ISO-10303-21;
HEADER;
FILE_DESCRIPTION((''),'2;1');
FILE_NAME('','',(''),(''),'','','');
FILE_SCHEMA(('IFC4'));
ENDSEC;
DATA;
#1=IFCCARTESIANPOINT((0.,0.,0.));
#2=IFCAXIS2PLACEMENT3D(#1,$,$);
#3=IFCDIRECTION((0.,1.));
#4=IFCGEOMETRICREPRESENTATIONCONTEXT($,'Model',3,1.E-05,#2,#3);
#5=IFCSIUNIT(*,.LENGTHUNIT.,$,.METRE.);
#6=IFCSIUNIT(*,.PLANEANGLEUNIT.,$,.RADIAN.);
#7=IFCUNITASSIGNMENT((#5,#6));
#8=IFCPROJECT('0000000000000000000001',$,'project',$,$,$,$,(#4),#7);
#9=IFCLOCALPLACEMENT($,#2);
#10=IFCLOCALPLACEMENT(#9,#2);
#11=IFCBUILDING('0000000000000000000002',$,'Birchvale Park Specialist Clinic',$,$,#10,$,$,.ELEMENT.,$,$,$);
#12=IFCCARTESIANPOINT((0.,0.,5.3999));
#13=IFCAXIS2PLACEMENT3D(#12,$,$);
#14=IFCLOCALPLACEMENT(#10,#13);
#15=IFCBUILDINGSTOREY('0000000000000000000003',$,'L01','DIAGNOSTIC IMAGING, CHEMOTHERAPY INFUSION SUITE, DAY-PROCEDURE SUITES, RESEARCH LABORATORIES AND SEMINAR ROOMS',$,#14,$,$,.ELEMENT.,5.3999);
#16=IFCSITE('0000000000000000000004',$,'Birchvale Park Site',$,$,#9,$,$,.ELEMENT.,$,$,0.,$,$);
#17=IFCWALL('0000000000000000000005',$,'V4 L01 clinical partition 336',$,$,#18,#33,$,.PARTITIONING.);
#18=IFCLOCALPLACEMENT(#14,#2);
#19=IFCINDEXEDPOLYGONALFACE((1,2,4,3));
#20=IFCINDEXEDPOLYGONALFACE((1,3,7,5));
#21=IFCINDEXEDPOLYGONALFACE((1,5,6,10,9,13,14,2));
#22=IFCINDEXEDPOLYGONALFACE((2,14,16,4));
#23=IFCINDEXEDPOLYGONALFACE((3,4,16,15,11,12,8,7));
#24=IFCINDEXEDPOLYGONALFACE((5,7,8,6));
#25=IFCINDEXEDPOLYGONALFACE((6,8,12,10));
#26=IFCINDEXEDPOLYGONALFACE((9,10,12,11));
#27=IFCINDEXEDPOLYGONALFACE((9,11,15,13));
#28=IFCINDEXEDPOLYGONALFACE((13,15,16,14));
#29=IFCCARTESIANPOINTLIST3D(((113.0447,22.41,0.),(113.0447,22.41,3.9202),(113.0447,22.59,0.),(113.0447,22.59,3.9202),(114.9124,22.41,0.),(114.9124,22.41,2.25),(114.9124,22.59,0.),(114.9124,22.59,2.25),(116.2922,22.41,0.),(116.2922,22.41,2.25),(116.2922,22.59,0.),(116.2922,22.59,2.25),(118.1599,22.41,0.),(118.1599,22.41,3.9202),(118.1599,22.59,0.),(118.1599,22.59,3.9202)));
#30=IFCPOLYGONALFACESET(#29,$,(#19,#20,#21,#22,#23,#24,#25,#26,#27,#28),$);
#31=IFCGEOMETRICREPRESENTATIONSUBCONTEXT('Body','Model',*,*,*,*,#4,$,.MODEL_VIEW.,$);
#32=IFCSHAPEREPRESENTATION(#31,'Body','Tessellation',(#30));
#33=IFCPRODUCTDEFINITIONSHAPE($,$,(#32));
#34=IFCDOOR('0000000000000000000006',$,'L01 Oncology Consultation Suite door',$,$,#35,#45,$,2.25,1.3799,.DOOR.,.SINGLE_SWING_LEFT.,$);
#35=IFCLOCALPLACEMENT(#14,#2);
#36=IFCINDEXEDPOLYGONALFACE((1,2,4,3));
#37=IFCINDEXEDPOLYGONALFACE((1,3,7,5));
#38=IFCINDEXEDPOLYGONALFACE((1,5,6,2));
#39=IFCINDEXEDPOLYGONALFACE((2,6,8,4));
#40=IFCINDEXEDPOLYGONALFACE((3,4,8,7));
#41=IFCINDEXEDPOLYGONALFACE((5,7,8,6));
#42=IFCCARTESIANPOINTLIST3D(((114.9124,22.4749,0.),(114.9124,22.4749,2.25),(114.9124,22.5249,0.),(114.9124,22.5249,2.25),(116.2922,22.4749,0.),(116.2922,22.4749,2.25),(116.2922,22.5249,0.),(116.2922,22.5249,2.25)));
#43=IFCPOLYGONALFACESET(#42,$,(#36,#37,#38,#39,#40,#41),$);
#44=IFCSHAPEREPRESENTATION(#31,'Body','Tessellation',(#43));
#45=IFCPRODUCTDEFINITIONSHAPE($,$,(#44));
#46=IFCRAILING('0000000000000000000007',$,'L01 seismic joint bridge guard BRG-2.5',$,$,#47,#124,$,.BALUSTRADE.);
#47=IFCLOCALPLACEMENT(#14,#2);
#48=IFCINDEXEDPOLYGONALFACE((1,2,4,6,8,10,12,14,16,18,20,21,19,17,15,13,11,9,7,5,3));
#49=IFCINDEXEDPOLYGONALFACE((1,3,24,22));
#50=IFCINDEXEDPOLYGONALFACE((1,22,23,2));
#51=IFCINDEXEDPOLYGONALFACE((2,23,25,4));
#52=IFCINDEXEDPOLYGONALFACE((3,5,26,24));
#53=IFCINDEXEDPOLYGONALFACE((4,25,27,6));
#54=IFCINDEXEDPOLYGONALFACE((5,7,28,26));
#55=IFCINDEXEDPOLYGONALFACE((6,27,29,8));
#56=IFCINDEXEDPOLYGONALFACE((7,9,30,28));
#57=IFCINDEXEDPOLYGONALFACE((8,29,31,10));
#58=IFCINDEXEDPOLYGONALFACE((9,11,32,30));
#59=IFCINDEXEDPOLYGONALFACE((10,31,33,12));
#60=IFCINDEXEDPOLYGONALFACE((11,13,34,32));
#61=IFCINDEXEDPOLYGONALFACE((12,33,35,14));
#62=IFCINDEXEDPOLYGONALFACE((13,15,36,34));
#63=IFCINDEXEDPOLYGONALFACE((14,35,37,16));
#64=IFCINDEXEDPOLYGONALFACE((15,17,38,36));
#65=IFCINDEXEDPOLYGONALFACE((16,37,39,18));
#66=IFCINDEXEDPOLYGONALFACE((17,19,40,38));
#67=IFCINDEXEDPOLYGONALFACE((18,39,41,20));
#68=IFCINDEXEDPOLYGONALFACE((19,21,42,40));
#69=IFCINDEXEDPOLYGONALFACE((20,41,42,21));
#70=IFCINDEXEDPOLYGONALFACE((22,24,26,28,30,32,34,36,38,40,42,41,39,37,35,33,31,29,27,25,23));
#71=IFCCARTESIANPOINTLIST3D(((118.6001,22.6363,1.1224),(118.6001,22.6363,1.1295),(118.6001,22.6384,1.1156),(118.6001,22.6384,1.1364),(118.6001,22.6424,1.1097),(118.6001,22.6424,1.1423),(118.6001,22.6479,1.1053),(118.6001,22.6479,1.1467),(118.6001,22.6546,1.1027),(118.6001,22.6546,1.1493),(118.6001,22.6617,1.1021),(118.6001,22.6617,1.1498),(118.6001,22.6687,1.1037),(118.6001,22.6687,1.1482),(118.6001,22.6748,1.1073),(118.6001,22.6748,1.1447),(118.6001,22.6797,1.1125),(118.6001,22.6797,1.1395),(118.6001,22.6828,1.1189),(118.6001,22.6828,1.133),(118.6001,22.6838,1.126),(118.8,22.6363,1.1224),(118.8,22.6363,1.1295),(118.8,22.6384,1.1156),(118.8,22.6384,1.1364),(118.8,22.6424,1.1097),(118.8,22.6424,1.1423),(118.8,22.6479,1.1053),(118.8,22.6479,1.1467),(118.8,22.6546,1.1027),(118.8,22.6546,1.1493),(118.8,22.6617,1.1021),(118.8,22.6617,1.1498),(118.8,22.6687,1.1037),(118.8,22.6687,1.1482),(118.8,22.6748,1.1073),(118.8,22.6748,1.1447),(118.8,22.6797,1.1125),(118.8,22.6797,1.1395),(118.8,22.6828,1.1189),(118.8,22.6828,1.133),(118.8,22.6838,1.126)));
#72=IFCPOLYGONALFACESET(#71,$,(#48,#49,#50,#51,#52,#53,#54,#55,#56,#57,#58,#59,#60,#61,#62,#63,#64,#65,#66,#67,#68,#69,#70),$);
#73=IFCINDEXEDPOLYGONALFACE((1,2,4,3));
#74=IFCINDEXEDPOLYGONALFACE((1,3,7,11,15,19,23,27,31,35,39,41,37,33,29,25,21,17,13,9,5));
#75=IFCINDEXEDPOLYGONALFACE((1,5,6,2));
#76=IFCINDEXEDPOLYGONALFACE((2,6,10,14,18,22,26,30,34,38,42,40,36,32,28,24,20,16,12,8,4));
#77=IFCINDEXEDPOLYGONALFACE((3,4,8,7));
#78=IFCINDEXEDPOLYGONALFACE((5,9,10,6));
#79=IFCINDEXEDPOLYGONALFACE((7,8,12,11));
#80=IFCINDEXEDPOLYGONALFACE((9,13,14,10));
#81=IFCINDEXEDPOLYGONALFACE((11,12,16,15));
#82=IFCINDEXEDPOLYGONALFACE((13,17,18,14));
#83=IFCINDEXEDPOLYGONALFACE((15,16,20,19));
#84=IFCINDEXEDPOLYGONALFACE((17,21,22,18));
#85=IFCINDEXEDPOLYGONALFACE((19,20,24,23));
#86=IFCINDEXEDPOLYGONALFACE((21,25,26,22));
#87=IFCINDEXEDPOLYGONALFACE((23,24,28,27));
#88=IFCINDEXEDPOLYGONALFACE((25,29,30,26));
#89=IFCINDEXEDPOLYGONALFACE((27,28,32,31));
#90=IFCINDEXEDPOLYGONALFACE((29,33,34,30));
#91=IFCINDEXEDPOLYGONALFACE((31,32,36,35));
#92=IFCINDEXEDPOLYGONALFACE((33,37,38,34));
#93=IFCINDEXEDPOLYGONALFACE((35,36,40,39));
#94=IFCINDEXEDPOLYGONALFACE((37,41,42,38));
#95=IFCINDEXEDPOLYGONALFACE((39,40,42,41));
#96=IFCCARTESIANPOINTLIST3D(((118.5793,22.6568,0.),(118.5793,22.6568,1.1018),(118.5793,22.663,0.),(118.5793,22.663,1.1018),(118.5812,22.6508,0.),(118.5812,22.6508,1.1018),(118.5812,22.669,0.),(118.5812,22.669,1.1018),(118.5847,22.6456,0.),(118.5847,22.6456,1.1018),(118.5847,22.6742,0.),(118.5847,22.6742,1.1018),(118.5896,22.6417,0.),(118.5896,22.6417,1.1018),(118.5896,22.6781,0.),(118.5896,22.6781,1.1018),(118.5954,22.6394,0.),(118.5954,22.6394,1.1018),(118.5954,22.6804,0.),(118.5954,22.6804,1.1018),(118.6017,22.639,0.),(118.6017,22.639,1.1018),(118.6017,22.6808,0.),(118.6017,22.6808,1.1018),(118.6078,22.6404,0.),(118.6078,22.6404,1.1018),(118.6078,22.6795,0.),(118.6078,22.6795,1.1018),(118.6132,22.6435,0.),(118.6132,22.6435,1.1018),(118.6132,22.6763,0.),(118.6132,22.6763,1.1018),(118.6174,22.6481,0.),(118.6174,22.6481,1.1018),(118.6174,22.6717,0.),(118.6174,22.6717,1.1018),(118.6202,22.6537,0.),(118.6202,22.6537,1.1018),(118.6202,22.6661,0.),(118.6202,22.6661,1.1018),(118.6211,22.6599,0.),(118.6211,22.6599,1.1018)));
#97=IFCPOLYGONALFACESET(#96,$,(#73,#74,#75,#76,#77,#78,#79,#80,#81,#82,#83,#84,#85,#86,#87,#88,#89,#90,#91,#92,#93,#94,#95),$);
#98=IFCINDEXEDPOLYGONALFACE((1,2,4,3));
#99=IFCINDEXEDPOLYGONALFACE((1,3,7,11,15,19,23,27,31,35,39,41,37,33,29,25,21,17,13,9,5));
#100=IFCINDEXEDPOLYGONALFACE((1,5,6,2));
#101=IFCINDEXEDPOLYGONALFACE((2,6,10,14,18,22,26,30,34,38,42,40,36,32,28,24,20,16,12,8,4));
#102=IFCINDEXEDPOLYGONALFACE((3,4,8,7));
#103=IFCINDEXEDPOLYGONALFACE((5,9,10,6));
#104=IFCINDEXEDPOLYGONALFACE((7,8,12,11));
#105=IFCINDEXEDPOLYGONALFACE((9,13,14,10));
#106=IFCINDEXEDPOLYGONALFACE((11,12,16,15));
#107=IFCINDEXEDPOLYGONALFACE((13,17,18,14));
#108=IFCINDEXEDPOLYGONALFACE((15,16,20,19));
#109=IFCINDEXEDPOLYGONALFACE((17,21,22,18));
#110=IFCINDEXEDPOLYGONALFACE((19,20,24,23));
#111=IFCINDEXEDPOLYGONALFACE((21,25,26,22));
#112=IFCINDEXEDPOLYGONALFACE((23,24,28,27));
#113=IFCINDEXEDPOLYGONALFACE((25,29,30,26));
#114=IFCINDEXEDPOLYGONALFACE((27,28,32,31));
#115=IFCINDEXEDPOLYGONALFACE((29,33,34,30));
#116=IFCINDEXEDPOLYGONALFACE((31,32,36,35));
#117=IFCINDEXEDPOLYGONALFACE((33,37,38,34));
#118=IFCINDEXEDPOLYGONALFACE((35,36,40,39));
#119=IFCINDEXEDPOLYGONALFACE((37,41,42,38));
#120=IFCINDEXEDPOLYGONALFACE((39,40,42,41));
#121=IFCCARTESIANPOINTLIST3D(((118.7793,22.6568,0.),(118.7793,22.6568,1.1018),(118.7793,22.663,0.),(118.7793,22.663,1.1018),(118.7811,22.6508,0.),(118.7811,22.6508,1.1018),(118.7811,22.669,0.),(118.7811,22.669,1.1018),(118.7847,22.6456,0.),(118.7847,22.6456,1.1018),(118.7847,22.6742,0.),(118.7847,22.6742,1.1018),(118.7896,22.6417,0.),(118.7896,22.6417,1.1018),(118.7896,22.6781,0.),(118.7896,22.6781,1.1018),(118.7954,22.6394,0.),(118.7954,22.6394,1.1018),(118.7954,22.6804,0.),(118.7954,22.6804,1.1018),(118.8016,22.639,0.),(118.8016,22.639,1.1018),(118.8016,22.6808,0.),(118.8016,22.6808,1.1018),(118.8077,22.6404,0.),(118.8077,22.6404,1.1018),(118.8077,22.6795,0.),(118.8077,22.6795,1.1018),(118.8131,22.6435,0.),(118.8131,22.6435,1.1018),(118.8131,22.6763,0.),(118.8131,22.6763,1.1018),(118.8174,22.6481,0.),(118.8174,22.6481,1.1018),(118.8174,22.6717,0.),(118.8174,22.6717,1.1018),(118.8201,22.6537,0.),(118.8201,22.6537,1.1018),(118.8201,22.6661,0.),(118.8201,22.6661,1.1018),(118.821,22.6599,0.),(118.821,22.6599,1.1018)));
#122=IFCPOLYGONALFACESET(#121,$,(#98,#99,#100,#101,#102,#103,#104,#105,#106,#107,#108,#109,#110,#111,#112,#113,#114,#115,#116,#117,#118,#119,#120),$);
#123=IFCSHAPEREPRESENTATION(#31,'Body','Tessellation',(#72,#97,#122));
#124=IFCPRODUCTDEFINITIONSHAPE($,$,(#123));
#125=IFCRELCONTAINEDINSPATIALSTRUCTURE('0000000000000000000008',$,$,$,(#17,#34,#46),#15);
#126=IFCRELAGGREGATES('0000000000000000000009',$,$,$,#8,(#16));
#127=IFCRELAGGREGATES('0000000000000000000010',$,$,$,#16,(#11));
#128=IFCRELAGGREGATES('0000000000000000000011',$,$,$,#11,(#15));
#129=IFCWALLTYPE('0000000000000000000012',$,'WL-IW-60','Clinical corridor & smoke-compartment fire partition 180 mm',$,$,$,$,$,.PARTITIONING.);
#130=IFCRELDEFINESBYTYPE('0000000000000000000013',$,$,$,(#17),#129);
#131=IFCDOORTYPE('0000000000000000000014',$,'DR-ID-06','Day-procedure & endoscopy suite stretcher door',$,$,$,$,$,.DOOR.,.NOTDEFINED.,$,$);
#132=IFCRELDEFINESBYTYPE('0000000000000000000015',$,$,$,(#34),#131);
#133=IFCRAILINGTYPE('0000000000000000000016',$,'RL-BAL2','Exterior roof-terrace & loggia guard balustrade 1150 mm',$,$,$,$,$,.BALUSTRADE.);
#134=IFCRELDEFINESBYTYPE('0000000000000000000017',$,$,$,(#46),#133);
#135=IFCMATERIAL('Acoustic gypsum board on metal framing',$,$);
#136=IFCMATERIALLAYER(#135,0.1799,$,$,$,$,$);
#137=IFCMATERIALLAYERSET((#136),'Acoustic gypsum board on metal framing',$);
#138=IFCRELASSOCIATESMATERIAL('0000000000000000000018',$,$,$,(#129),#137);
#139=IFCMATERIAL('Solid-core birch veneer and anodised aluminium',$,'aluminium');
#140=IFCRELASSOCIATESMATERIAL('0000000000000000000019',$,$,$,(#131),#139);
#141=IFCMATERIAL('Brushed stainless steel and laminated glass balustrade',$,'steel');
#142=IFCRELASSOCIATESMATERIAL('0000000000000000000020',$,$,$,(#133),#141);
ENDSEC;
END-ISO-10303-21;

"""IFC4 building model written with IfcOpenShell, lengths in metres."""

from ifc_helpers import new_model, si_unit, direction, frame, frame_2d, origin, origin_2d, place, context, subcontext, project, spatial, rectangle, circle, extrude, material, layer, layer_set, type_object, element, fill, save


model = new_model("IFC4")

# Units and contexts
model_context = context("Model", 3, precision=1e-05, world=origin(), true_north=direction((0.0, 1.0)))
body_context = subcontext(model_context, "Body", "Model", "MODEL_VIEW")
ifc_project = project(units=[si_unit("LENGTHUNIT", "METRE"), si_unit("PLANEANGLEUNIT", "RADIAN")], contexts=[model_context])

# Site, building, storey
site_placement = place(None, origin())
site = spatial("IfcSite", under=ifc_project, at=site_placement, Name="Birchvale Park Site", CompositionType="ELEMENT", RefElevation=0.0)
building_placement = place(site_placement, origin())
building = spatial("IfcBuilding", under=site, at=building_placement, Name="Birchvale Park Specialist Clinic", CompositionType="ELEMENT")
storey_placement = place(building_placement, frame((0.0, 0.0, 5.3999)))
storey = spatial("IfcBuildingStorey", under=building, at=storey_placement, Name="L01", Description="DIAGNOSTIC IMAGING, CHEMOTHERAPY INFUSION SUITE, DAY-PROCEDURE SUITES, RESEARCH LABORATORIES AND SEMINAR ROOMS", CompositionType="ELEMENT", Elevation=5.3999)

# Shared definitions
ifc_material_1 = material(Name="Acoustic gypsum board on metal framing")

# Wall, opening, door
ifc_layer_1 = layer(ifc_material_1, 0.1799)
ifc_layer_set_1 = layer_set([ifc_layer_1], Name="Acoustic gypsum board on metal framing")
wall_type_1 = type_object("IfcWallType", Name="WL-IW-60", Description="Clinical corridor & smoke-compartment fire partition 180 mm", PredefinedType="PARTITIONING", material=ifc_layer_set_1)
ifc_material_2 = material(Name="Solid-core birch veneer and anodised aluminium", Category="aluminium")
wall_1_placement = place(storey_placement, frame((113.0447, 22.5, 0.0), z_axis=(0.0, 0.0, 1.0), x_axis=(1.0, 0.0, 0.0)))
wall_1 = element("IfcWall", 1, at=wall_1_placement, inside=storey, type_object=wall_type_1, Name="V4 L01 clinical partition 336", PredefinedType="PARTITIONING", context=body_context, shape_type="SweptSolid", body=[
    extrude(rectangle(XDim=5.1152, YDim=0.1799, at=frame_2d((2.5576, 0.0))), origin(), (0.0, 0.0, 1.0), 3.9202),
])
opening_1_placement = place(wall_1_placement, frame((1.8677, 0.0, 0.0)))
opening_1 = element("IfcOpeningElement", 2, at=opening_1_placement, cuts=wall_1, PredefinedType="OPENING", context=body_context, shape_type="SweptSolid", body=[
    extrude(rectangle(XDim=1.3799, YDim=2.25, at=frame_2d((0.6899, 1.125))), frame((0.0, 0.1001, 0.0), z_axis=(0.0, -1.0, 0.0), x_axis=(1.0, 0.0, 0.0)), (0.0, 0.0, 1.0), 0.2),
])
door_type_1 = type_object("IfcDoorType", Name="DR-ID-06", Description="Day-procedure & endoscopy suite stretcher door", OperationType="NOTDEFINED", PredefinedType="DOOR", material=ifc_material_2)
door_1_placement = place(opening_1_placement, origin())
door_1 = element("IfcDoor", 3, at=door_1_placement, inside=storey, type_object=door_type_1, Name="L01 Oncology Consultation Suite door", OperationType="SINGLE_SWING_LEFT", OverallHeight=2.25, OverallWidth=1.3799, PredefinedType="DOOR", context=body_context, shape_type="SweptSolid", body=[
    extrude(rectangle(XDim=1.3799, YDim=2.25, at=frame_2d((0.6899, 1.125))), frame((0.0, 0.0249, 0.0), z_axis=(0.0, -1.0, 0.0), x_axis=(1.0, 0.0, 0.0)), (0.0, 0.0, 1.0), 0.05),
])
fill(opening_1, door_1)

# Railing
ifc_material_3 = material(Name="Brushed stainless steel and laminated glass balustrade", Category="steel")
railing_type = type_object("IfcRailingType", Name="RL-BAL2", Description="Exterior roof-terrace & loggia guard balustrade 1150 mm", PredefinedType="BALUSTRADE", material=ifc_material_3)
railing_placement = place(storey_placement, frame((118.6001, 22.6599, 0.0)))
element("IfcRailing", 4, at=railing_placement, inside=storey, type_object=railing_type, Name="L01 seismic joint bridge guard BRG-2.5", PredefinedType="BALUSTRADE", context=body_context, shape_type="SweptSolid", body=[
    extrude(circle(Radius=0.0239, at=origin_2d()), frame((0.0, 0.0, 1.126), z_axis=(1.0, 0.0, 0.0), x_axis=(0.0, 1.0, 0.0)), (0.0, 0.0, 1.0), 0.2),
    extrude(circle(Radius=0.021, at=origin_2d()), origin(), (0.0, 0.0, 1.0), 1.1018),
    extrude(circle(Radius=0.021, at=origin_2d()), frame((0.2, 0.0, 0.0)), (0.0, 0.0, 1.0), 1.1018),
])

save(model, "model.ifc")
